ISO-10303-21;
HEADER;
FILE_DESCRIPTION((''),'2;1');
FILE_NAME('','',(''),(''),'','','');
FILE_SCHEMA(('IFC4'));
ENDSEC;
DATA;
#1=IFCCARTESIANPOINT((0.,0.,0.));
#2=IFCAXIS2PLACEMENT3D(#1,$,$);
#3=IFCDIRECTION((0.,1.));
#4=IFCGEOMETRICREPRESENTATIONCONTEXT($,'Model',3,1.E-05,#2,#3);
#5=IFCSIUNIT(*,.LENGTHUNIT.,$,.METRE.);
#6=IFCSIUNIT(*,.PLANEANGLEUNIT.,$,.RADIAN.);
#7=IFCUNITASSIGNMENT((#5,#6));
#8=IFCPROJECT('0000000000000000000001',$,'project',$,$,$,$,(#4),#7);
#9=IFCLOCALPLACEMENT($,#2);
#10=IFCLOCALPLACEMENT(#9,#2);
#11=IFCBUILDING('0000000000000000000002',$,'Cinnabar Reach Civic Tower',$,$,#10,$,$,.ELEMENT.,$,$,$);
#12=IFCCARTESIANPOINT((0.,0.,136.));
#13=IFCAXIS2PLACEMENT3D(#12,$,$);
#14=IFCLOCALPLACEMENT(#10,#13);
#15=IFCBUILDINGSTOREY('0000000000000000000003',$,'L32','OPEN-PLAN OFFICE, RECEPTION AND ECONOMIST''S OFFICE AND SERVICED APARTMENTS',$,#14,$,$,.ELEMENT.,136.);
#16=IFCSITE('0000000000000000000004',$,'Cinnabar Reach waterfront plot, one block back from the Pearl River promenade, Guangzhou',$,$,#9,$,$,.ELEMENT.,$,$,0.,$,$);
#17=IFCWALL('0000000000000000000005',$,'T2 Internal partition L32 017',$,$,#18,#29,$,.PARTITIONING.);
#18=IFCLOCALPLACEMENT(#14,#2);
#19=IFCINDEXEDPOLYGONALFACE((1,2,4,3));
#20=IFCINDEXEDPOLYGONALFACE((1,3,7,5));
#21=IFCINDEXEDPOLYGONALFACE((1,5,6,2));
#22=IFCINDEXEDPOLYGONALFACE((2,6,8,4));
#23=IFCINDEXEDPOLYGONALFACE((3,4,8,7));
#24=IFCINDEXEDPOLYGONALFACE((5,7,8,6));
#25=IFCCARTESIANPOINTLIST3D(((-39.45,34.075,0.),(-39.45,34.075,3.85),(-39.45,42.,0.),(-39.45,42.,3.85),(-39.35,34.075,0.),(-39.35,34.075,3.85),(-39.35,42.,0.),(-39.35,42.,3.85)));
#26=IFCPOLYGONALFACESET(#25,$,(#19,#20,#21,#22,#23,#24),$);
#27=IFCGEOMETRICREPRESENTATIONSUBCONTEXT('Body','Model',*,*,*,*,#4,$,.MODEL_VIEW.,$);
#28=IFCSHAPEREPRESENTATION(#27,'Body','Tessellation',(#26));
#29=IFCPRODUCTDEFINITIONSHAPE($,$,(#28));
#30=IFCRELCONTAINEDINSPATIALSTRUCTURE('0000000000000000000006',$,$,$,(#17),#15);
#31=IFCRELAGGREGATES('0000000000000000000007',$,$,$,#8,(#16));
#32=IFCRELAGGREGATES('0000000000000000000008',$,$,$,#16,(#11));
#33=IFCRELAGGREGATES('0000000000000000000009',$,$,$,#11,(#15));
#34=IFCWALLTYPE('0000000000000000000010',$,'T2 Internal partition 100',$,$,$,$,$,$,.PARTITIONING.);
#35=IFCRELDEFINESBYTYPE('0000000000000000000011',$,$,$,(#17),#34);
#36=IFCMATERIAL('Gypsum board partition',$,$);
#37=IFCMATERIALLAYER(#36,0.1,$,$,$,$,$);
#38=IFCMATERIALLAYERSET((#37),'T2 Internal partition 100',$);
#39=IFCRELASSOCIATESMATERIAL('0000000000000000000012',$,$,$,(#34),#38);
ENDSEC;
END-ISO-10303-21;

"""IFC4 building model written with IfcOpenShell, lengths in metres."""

from ifc_helpers import new_model, si_unit, direction, frame, frame_2d, origin, place, context, subcontext, project, spatial, rectangle, extrude, material, layer, layer_set, type_object, element, save


model = new_model("IFC4")

# Units and contexts
model_context = context("Model", 3, precision=1e-05, world=origin(), true_north=direction((0.0, 1.0)))
body_context = subcontext(model_context, "Body", "Model", "MODEL_VIEW")
ifc_project = project(units=[si_unit("LENGTHUNIT", "METRE"), si_unit("PLANEANGLEUNIT", "RADIAN")], contexts=[model_context])

# Site, building, storey
site_placement = place(None, origin())
site = spatial("IfcSite", under=ifc_project, at=site_placement, Name="Cinnabar Reach waterfront plot, one block back from the Pearl River promenade, Guangzhou", CompositionType="ELEMENT", RefElevation=0.0)
building_placement = place(site_placement, origin())
building = spatial("IfcBuilding", under=site, at=building_placement, Name="Cinnabar Reach Civic Tower", CompositionType="ELEMENT")
storey_placement = place(building_placement, frame((0.0, 0.0, 136.0)))
storey = spatial("IfcBuildingStorey", under=building, at=storey_placement, Name="L32", Description="OPEN-PLAN OFFICE, RECEPTION AND ECONOMIST'S OFFICE AND SERVICED APARTMENTS", CompositionType="ELEMENT", Elevation=136.0)

# Wall
ifc_material_1 = material(Name="Gypsum board partition")
ifc_layer_1 = layer(ifc_material_1, 0.1)
ifc_layer_set_1 = layer_set([ifc_layer_1], Name="T2 Internal partition 100")
wall_type_1 = type_object("IfcWallType", Name="T2 Internal partition 100", PredefinedType="PARTITIONING", material=ifc_layer_set_1)
wall_1_placement = place(storey_placement, frame((-39.4, 34.075, 0.0), z_axis=(0.0, 0.0, 1.0), x_axis=(0.0, 1.0, 0.0)))
element("IfcWall", 1, at=wall_1_placement, inside=storey, type_object=wall_type_1, Name="T2 Internal partition L32 017", PredefinedType="PARTITIONING", context=body_context, shape_type="SweptSolid", body=[
    extrude(rectangle(XDim=7.925, YDim=0.1, at=frame_2d((3.9625, 0.0))), origin(), (0.0, 0.0, 1.0), 3.85),
])

save(model, "model.ifc")
